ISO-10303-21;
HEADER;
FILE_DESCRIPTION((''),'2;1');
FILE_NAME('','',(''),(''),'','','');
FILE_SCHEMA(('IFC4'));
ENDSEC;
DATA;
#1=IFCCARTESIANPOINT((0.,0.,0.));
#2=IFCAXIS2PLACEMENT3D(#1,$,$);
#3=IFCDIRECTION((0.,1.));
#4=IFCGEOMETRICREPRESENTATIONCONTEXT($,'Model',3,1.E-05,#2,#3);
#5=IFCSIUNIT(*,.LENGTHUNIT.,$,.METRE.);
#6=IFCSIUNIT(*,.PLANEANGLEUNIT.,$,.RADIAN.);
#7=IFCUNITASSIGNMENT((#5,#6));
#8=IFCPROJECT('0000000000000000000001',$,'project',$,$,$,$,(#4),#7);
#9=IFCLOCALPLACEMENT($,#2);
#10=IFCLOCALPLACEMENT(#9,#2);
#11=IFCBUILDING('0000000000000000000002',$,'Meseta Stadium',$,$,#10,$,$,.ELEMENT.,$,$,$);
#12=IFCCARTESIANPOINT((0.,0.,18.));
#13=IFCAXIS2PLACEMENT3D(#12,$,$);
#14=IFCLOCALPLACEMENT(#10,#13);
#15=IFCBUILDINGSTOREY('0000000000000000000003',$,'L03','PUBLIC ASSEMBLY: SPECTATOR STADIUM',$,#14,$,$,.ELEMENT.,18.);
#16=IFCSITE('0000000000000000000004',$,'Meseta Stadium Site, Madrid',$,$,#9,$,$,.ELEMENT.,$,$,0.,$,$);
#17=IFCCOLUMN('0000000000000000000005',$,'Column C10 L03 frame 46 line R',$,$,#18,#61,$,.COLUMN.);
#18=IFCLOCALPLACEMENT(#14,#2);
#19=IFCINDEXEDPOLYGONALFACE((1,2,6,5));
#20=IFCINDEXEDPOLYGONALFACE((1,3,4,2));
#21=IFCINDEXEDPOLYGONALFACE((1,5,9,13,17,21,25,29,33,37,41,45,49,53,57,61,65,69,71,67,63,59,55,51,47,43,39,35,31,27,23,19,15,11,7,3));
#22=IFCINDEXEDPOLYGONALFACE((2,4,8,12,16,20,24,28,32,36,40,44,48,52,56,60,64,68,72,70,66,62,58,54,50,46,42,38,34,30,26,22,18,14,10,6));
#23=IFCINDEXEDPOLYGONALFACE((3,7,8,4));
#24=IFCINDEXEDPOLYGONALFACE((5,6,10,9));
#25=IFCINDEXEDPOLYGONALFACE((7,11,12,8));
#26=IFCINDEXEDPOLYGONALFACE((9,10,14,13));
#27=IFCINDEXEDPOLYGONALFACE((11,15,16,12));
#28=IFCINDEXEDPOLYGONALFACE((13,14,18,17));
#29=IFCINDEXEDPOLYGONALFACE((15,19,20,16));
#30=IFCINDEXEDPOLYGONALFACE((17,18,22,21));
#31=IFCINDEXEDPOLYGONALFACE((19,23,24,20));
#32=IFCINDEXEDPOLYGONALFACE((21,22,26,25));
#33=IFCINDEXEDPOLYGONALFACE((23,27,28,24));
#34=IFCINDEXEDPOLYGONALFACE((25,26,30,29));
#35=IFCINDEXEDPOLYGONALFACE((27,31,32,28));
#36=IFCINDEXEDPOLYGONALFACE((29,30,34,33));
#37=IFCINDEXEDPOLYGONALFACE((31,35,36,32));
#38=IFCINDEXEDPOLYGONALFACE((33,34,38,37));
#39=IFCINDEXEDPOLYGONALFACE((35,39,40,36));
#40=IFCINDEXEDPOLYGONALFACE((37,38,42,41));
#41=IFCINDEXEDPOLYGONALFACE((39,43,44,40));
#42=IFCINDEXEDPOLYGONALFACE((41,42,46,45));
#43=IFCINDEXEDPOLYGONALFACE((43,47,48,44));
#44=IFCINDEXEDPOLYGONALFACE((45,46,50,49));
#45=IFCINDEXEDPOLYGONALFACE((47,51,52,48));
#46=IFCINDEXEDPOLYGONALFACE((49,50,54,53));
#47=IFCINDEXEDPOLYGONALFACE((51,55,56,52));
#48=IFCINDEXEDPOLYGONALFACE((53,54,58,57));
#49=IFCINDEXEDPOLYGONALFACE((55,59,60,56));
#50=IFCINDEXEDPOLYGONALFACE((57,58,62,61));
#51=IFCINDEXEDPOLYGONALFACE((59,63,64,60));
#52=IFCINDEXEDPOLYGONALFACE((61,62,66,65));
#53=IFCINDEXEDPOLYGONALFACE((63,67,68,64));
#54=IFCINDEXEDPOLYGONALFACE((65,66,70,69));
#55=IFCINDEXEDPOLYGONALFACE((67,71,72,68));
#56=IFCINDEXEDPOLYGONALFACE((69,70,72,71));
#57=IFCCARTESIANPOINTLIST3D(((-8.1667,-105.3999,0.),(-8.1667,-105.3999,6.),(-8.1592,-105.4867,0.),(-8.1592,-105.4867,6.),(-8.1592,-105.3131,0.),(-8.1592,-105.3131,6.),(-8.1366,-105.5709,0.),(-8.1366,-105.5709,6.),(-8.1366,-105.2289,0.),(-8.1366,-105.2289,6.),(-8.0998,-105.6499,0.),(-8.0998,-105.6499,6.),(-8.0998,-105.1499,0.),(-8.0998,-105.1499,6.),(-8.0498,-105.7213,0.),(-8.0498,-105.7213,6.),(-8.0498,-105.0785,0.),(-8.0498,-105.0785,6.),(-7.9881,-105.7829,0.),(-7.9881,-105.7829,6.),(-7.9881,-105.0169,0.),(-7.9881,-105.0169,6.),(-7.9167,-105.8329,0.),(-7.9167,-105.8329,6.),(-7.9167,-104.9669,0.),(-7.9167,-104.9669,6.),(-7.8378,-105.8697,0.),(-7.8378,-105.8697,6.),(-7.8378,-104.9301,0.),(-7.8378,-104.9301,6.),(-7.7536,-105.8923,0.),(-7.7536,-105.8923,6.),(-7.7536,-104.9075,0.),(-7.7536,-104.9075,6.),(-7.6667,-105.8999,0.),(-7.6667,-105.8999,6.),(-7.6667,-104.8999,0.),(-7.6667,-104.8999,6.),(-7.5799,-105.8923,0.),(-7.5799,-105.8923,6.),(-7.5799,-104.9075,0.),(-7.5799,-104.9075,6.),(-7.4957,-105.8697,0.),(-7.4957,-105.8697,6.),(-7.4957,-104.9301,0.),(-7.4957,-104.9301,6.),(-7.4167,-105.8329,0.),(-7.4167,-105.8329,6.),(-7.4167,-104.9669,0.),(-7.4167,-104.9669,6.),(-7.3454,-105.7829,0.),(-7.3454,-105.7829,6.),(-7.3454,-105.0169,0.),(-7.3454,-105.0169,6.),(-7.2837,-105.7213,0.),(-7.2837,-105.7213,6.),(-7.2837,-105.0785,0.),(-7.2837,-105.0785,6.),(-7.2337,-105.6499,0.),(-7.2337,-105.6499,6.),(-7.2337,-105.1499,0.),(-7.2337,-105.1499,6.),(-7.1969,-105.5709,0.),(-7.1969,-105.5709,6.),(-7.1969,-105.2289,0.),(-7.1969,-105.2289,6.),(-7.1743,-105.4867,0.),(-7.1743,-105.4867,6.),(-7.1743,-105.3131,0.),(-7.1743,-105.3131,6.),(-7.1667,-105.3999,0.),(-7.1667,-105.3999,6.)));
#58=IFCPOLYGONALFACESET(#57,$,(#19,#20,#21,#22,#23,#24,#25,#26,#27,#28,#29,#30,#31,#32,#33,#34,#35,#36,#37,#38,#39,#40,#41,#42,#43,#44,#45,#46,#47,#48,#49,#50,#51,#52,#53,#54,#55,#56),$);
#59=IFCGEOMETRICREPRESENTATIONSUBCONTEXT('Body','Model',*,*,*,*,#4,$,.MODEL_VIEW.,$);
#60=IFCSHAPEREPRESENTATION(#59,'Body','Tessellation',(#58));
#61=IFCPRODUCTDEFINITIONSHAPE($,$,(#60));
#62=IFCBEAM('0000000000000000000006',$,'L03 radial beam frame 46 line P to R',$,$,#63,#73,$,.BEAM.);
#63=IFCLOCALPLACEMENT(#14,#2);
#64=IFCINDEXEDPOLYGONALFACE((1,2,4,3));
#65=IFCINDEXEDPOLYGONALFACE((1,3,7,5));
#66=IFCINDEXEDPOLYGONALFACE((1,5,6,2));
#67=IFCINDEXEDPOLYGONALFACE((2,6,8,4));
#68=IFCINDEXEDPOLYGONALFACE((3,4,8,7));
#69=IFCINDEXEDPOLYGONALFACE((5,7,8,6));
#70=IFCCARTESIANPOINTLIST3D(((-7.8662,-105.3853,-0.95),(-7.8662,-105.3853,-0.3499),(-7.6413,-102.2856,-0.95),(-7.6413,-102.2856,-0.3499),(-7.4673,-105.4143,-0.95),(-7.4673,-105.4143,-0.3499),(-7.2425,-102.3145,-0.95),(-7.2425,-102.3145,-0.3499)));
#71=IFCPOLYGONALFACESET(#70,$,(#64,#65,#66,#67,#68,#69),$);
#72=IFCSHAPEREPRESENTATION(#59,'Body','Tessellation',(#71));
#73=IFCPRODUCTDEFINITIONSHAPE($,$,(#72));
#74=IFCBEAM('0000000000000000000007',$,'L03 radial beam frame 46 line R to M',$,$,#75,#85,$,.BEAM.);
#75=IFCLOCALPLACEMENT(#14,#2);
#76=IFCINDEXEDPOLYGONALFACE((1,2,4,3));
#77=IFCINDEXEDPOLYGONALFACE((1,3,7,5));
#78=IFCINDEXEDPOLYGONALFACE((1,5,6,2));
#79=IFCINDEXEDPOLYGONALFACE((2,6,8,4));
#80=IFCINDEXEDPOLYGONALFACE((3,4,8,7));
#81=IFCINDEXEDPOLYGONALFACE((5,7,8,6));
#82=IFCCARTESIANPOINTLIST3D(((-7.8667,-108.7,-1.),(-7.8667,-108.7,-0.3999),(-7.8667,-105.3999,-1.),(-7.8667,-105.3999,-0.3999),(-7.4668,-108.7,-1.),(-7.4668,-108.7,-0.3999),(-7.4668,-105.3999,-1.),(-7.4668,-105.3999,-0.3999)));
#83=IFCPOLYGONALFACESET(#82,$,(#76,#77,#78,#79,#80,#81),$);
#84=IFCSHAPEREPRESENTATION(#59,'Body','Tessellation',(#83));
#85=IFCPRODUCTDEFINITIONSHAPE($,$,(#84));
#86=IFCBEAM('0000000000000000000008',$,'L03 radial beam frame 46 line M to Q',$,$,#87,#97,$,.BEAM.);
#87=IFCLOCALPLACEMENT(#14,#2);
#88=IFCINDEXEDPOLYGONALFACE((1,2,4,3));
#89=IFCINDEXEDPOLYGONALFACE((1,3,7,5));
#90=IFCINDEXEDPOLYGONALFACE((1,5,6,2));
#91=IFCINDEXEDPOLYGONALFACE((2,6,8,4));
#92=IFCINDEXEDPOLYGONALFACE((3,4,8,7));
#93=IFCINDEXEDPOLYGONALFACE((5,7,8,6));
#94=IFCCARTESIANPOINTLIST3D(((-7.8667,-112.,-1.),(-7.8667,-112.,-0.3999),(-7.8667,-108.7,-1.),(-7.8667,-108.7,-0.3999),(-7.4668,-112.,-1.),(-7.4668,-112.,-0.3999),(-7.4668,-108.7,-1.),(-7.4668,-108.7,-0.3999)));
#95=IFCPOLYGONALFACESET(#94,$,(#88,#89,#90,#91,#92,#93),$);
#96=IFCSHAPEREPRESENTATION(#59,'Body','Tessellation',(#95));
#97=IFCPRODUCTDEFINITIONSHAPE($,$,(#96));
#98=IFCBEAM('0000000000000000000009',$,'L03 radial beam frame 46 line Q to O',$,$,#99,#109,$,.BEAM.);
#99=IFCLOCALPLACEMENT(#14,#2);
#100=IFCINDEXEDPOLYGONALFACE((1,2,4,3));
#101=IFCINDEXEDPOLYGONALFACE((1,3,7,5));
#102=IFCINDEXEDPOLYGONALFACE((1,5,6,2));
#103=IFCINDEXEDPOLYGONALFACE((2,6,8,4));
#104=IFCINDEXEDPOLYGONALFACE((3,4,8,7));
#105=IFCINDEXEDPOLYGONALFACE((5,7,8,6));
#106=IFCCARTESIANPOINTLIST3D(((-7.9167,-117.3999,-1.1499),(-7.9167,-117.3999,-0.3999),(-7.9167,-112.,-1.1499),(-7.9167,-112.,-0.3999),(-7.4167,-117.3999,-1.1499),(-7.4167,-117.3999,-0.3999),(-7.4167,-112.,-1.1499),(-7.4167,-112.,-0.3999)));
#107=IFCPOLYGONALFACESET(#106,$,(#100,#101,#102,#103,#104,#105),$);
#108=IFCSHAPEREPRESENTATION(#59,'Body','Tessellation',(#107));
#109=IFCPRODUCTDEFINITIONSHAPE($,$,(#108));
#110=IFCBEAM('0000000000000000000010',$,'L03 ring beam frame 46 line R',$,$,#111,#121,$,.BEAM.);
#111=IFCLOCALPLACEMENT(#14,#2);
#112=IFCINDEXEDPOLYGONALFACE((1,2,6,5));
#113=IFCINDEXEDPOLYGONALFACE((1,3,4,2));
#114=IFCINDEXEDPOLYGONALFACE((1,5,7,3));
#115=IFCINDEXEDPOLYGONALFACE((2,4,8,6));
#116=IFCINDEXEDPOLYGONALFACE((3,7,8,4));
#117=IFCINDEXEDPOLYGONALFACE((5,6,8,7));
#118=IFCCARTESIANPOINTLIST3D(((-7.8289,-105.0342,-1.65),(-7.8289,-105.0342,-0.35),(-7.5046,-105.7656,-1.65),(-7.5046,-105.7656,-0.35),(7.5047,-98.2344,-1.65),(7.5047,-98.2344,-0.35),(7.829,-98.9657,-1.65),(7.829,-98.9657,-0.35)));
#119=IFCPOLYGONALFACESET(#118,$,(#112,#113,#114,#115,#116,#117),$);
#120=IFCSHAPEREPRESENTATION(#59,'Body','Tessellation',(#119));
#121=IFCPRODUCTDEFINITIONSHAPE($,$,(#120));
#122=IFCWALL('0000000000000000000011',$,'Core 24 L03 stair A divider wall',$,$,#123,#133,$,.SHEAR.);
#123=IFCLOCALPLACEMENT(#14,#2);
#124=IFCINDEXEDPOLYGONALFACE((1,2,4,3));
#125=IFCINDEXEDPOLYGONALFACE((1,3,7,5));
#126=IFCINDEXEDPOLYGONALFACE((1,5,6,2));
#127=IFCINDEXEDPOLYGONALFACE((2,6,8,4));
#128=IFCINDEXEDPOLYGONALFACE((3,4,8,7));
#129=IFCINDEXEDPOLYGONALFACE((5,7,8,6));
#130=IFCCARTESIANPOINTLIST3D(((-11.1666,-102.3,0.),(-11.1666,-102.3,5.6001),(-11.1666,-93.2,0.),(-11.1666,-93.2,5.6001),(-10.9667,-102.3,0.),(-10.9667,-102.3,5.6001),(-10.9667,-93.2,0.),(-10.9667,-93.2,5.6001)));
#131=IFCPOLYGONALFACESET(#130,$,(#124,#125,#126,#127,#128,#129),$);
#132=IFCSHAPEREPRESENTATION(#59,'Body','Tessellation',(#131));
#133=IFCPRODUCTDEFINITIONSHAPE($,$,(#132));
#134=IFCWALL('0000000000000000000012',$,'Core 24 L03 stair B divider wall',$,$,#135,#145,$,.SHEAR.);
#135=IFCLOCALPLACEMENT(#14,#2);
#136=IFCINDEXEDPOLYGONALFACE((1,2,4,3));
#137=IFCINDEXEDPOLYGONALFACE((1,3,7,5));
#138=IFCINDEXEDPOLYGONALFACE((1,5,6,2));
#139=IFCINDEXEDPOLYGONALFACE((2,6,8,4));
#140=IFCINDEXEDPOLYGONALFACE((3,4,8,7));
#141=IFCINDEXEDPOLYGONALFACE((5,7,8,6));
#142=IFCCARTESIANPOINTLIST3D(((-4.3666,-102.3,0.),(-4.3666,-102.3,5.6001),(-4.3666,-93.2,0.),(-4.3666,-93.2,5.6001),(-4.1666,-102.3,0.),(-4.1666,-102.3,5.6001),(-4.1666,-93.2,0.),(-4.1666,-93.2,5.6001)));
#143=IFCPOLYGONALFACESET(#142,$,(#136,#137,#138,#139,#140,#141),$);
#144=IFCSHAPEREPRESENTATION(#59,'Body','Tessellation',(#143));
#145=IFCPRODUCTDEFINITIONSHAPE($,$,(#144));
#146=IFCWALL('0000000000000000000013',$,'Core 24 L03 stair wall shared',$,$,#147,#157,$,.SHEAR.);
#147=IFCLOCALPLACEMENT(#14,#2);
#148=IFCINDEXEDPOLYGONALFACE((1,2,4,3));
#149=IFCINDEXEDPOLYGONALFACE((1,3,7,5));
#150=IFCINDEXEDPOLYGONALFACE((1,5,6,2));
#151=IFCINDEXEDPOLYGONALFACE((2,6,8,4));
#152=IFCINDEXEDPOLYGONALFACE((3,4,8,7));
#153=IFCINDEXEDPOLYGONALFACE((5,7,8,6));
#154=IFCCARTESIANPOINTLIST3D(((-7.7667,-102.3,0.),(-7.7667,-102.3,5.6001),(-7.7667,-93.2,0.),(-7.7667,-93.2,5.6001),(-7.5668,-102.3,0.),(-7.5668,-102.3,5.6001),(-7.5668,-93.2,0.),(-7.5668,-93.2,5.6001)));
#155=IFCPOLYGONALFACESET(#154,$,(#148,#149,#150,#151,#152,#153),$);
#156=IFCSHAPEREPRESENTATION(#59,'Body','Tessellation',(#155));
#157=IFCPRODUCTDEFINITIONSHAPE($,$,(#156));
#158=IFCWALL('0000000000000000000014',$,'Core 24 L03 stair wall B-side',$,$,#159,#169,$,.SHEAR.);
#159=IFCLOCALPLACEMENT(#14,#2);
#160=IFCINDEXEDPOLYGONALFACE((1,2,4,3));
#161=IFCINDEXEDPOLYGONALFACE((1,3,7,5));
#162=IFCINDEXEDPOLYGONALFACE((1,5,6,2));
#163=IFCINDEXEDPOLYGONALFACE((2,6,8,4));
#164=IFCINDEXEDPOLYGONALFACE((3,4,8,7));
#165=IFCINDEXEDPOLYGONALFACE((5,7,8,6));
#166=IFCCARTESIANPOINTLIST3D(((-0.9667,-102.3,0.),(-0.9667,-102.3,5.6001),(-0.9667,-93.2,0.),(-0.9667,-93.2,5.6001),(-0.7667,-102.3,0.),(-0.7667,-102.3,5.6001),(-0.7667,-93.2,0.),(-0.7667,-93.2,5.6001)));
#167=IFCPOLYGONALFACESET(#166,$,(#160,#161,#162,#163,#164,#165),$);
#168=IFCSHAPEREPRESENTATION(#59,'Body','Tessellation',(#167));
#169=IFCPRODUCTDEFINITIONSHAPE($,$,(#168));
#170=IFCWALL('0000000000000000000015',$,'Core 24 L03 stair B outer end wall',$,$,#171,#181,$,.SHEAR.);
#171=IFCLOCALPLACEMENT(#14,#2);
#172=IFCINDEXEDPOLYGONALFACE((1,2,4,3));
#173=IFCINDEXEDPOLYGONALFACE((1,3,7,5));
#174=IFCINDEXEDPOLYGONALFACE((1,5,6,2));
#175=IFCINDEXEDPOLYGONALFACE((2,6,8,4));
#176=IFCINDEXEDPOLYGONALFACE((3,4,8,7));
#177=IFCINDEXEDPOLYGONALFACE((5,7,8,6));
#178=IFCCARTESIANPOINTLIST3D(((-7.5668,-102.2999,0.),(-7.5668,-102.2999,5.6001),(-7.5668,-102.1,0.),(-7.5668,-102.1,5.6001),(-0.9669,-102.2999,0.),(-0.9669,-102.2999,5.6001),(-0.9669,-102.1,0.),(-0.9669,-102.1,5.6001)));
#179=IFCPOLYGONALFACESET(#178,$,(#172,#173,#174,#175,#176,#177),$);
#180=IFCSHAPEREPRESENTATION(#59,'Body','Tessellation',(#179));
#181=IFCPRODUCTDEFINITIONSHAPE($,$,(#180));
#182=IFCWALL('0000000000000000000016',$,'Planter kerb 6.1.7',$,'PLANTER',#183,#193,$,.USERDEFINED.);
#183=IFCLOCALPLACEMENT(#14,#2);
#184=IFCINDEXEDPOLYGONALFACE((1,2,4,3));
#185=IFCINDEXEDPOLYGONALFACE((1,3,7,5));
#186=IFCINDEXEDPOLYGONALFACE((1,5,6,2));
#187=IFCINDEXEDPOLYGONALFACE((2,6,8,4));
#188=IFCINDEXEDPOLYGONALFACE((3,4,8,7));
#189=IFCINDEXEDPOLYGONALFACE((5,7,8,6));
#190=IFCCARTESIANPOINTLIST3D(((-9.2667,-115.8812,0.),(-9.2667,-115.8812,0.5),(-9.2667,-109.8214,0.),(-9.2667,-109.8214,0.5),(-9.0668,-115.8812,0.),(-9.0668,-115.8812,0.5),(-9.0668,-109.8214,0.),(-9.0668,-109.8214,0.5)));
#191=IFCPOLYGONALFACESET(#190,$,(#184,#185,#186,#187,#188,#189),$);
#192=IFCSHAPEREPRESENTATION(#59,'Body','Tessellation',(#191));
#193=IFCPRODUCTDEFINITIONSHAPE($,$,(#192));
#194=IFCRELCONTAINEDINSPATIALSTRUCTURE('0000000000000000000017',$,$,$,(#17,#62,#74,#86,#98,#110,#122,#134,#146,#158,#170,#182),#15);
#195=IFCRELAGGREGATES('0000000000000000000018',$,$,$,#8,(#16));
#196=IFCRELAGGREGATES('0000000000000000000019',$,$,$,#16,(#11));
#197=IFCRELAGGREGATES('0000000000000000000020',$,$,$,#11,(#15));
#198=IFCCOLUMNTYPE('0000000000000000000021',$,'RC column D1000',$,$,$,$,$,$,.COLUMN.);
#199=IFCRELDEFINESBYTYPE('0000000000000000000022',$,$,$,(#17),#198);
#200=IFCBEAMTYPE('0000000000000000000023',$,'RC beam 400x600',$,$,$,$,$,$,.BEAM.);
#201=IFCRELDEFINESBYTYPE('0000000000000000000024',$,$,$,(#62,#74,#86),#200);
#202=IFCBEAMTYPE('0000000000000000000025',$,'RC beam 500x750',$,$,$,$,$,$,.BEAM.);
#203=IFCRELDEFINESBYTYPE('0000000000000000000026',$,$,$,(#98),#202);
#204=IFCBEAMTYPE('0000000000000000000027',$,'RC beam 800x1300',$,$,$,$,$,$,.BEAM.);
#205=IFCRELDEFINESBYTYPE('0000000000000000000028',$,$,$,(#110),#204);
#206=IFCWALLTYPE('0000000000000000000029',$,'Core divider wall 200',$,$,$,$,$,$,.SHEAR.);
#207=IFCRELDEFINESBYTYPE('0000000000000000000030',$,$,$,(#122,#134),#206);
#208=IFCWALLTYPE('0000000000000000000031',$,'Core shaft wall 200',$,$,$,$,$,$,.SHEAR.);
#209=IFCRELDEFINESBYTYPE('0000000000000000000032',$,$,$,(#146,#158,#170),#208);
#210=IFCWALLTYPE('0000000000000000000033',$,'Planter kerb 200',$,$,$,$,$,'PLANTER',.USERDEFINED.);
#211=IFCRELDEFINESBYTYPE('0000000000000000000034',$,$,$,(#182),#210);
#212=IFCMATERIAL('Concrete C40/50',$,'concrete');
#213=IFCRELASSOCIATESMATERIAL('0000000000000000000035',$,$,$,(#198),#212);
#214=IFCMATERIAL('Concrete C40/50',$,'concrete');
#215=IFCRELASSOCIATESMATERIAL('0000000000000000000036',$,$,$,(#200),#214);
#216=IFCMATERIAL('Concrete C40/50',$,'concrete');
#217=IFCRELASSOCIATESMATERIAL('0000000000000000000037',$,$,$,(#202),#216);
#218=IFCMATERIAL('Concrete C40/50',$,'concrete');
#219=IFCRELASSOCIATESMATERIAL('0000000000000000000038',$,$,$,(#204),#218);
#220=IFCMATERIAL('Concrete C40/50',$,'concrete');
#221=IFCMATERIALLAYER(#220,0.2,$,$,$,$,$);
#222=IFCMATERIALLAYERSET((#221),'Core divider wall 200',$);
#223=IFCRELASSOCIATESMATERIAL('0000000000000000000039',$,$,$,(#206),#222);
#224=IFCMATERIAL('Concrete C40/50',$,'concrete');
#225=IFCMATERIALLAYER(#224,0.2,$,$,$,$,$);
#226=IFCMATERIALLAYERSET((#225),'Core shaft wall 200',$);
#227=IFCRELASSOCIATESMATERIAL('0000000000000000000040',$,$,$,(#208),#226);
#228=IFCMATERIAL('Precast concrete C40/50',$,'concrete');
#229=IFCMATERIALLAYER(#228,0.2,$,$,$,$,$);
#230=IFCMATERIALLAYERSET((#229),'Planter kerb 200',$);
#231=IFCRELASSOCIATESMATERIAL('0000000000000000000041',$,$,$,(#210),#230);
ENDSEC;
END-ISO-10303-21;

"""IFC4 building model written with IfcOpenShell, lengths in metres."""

from ifc_helpers import new_model, si_unit, direction, frame, frame_2d, origin, origin_2d, place, context, subcontext, project, spatial, rectangle, circle, extrude, material, layer, layer_set, material_profile, profile_set, type_object, element, save


model = new_model("IFC4")

# Units and contexts
model_context = context("Model", 3, precision=1e-05, world=origin(), true_north=direction((0.0, 1.0)))
body_context = subcontext(model_context, "Body", "Model", "MODEL_VIEW")
ifc_project = project(units=[si_unit("LENGTHUNIT", "METRE"), si_unit("PLANEANGLEUNIT", "RADIAN")], contexts=[model_context])

# Site, building, storey
site_placement = place(None, origin())
site = spatial("IfcSite", under=ifc_project, at=site_placement, Name="Meseta Stadium Site, Madrid", CompositionType="ELEMENT", RefElevation=0.0)
building_placement = place(site_placement, origin())
building = spatial("IfcBuilding", under=site, at=building_placement, Name="Meseta Stadium", CompositionType="ELEMENT")
storey_placement = place(building_placement, frame((0.0, 0.0, 18.0)))
storey = spatial("IfcBuildingStorey", under=building, at=storey_placement, Name="L03", Description="PUBLIC ASSEMBLY: SPECTATOR STADIUM", CompositionType="ELEMENT", Elevation=18.0)

# Column
ifc_material_1 = material(Name="Concrete C40/50", Category="concrete")
ifc_material_profile_1 = material_profile(ifc_material_1, circle(Radius=0.5, at=origin_2d()), Name="RC D1000")
ifc_profile_set_1 = profile_set([ifc_material_profile_1], Name="Concrete C40/50")
column_type = type_object("IfcColumnType", Name="RC column D1000", PredefinedType="COLUMN", material=ifc_profile_set_1)
column_placement = place(storey_placement, frame((-7.6667, -105.3999, 0.0), z_axis=(0.0, 0.0, 1.0), x_axis=(1.0, 0.0, 0.0)))
element("IfcColumn", 1, at=column_placement, inside=storey, type_object=column_type, Name="Column C10 L03 frame 46 line R", PredefinedType="COLUMN", context=body_context, shape_type="SweptSolid", body=[
    extrude(circle(Radius=0.5, at=origin_2d()), origin(), (0.0, 0.0, 1.0), 6.0),
])

# Beams
ifc_material_2 = material(Name="Concrete C40/50", Category="concrete")
ifc_material_profile_2 = material_profile(ifc_material_2, rectangle(XDim=0.3999, YDim=0.6001, at=origin_2d()), Name="RC 400x600")
ifc_profile_set_2 = profile_set([ifc_material_profile_2], Name="Concrete C40/50")
beam_type_1 = type_object("IfcBeamType", Name="RC beam 400x600", PredefinedType="BEAM", material=ifc_profile_set_2)
beam_1_placement = place(storey_placement, frame((-7.4419, -102.3, -0.6499), z_axis=(-0.072347, -0.99738, 0.0), x_axis=(0.99738, -0.072347, 0.0)))
element("IfcBeam", 2, at=beam_1_placement, inside=storey, type_object=beam_type_1, Name="L03 radial beam frame 46 line P to R", PredefinedType="BEAM", context=body_context, shape_type="SweptSolid", body=[
    extrude(rectangle(XDim=0.3999, YDim=0.6001, at=origin_2d()), origin(), (0.0, 0.0, 1.0), 3.1079),
])
for number, where, z_axis, x_axis, name in (
    (3, (-7.6667, -105.3999, -0.7), (0.0, -1.0, 0.0), (1.0, 0.0, 0.0), "L03 radial beam frame 46 line R to M"),
    (4, (-7.6667, -108.7, -0.7), (0.0, -1.0, 0.0), (1.0, 0.0, 0.0), "L03 radial beam frame 46 line M to Q"),
):
    element("IfcBeam", number, at=place(storey_placement, frame(where, z_axis=z_axis, x_axis=x_axis)), inside=storey, type_object=beam_type_1, Name=name, PredefinedType="BEAM", context=body_context, shape_type="SweptSolid", body=[
        extrude(rectangle(XDim=0.3999, YDim=0.6001, at=origin_2d()), origin(), (0.0, 0.0, 1.0), 3.3),
    ])
ifc_material_3 = material(Name="Concrete C40/50", Category="concrete")
ifc_material_profile_3 = material_profile(ifc_material_3, rectangle(XDim=0.5, YDim=0.75, at=origin_2d()), Name="RC 500x750")
ifc_profile_set_3 = profile_set([ifc_material_profile_3], Name="Concrete C40/50")
beam_type_2 = type_object("IfcBeamType", Name="RC beam 500x750", PredefinedType="BEAM", material=ifc_profile_set_3)
beam_2_placement = place(storey_placement, frame((-7.6667, -112.0, -0.7749), z_axis=(0.0, -1.0, 0.0), x_axis=(1.0, 0.0, 0.0)))
element("IfcBeam", 5, at=beam_2_placement, inside=storey, type_object=beam_type_2, Name="L03 radial beam frame 46 line Q to O", PredefinedType="BEAM", context=body_context, shape_type="SweptSolid", body=[
    extrude(rectangle(XDim=0.5, YDim=0.75, at=origin_2d()), origin(), (0.0, 0.0, 1.0), 5.3999),
])
ifc_material_4 = material(Name="Concrete C40/50", Category="concrete")
ifc_material_profile_4 = material_profile(ifc_material_4, rectangle(XDim=0.8, YDim=1.3, at=origin_2d()), Name="RC 800x1300")
ifc_profile_set_4 = profile_set([ifc_material_profile_4], Name="Concrete C40/50")
beam_type_3 = type_object("IfcBeamType", Name="RC beam 800x1300", PredefinedType="BEAM", material=ifc_profile_set_4)
beam_3_placement = place(storey_placement, frame((-7.6667, -105.3999, -1.0), z_axis=(0.914145, 0.405387, 0.0), x_axis=(-0.405387, 0.914145, 0.0)))
element("IfcBeam", 6, at=beam_3_placement, inside=storey, type_object=beam_type_3, Name="L03 ring beam frame 46 line R", PredefinedType="BEAM", context=body_context, shape_type="SweptSolid", body=[
    extrude(rectangle(XDim=0.8, YDim=1.3, at=origin_2d()), origin(), (0.0, 0.0, 1.0), 16.7737),
])

# Walls
ifc_material_5 = material(Name="Concrete C40/50", Category="concrete")
ifc_layer_1 = layer(ifc_material_5, 0.2)
ifc_layer_set_1 = layer_set([ifc_layer_1], Name="Core divider wall 200")
wall_type_1 = type_object("IfcWallType", Name="Core divider wall 200", PredefinedType="SHEAR", material=ifc_layer_set_1)
for number, where, z_axis, x_axis, name in (
    (7, (-11.0667, -102.3, 0.0), (0.0, 0.0, 1.0), (0.0, 1.0, 0.0), "Core 24 L03 stair A divider wall"),
    (8, (-4.2666, -102.3, 0.0), (0.0, 0.0, 1.0), (0.0, 1.0, 0.0), "Core 24 L03 stair B divider wall"),
):
    element("IfcWall", number, at=place(storey_placement, frame(where, z_axis=z_axis, x_axis=x_axis)), inside=storey, type_object=wall_type_1, Name=name, PredefinedType="SHEAR", context=body_context, shape_type="SweptSolid", body=[
        extrude(rectangle(XDim=9.1001, YDim=0.2, at=frame_2d((4.55, 0.0))), origin(), (0.0, 0.0, 1.0), 5.6001),
    ])
ifc_material_6 = material(Name="Concrete C40/50", Category="concrete")
ifc_layer_2 = layer(ifc_material_6, 0.2)
ifc_layer_set_2 = layer_set([ifc_layer_2], Name="Core shaft wall 200")
wall_type_2 = type_object("IfcWallType", Name="Core shaft wall 200", PredefinedType="SHEAR", material=ifc_layer_set_2)
for number, where, z_axis, x_axis, name in (
    (9, (-7.6667, -102.3, 0.0), (0.0, 0.0, 1.0), (0.0, 1.0, 0.0), "Core 24 L03 stair wall shared"),
    (10, (-0.8667, -102.3, 0.0), (0.0, 0.0, 1.0), (0.0, 1.0, 0.0), "Core 24 L03 stair wall B-side"),
):
    element("IfcWall", number, at=place(storey_placement, frame(where, z_axis=z_axis, x_axis=x_axis)), inside=storey, type_object=wall_type_2, Name=name, PredefinedType="SHEAR", context=body_context, shape_type="SweptSolid", body=[
        extrude(rectangle(XDim=9.1001, YDim=0.2, at=frame_2d((4.55, 0.0))), origin(), (0.0, 0.0, 1.0), 5.6001),
    ])
wall_1_placement = place(storey_placement, frame((-7.5667, -102.2, 0.0), z_axis=(0.0, 0.0, 1.0), x_axis=(1.0, 0.0, 0.0)))
element("IfcWall", 11, at=wall_1_placement, inside=storey, type_object=wall_type_2, Name="Core 24 L03 stair B outer end wall", PredefinedType="SHEAR", context=body_context, shape_type="SweptSolid", body=[
    extrude(rectangle(XDim=6.5999, YDim=0.2, at=frame_2d((3.2998, 0.0))), origin(), (0.0, 0.0, 1.0), 5.6001),
])
ifc_material_7 = material(Name="Precast concrete C40/50", Category="concrete")
ifc_layer_3 = layer(ifc_material_7, 0.2)
ifc_layer_set_3 = layer_set([ifc_layer_3], Name="Planter kerb 200")
wall_type_3 = type_object("IfcWallType", Name="Planter kerb 200", ElementType="PLANTER", PredefinedType="USERDEFINED", material=ifc_layer_set_3)
wall_2_placement = place(storey_placement, frame((-9.1667, -109.8215, 0.0), z_axis=(0.0, 0.0, 1.0), x_axis=(0.0, -1.0, 0.0)))
element("IfcWall", 12, at=wall_2_placement, inside=storey, type_object=wall_type_3, Name="Planter kerb 6.1.7", ObjectType="PLANTER", PredefinedType="USERDEFINED", context=body_context, shape_type="SweptSolid", body=[
    extrude(rectangle(XDim=6.0598, YDim=0.2, at=frame_2d((3.0298, 0.0))), origin(), (0.0, 0.0, 1.0), 0.5),
])

save(model, "model.ifc")
